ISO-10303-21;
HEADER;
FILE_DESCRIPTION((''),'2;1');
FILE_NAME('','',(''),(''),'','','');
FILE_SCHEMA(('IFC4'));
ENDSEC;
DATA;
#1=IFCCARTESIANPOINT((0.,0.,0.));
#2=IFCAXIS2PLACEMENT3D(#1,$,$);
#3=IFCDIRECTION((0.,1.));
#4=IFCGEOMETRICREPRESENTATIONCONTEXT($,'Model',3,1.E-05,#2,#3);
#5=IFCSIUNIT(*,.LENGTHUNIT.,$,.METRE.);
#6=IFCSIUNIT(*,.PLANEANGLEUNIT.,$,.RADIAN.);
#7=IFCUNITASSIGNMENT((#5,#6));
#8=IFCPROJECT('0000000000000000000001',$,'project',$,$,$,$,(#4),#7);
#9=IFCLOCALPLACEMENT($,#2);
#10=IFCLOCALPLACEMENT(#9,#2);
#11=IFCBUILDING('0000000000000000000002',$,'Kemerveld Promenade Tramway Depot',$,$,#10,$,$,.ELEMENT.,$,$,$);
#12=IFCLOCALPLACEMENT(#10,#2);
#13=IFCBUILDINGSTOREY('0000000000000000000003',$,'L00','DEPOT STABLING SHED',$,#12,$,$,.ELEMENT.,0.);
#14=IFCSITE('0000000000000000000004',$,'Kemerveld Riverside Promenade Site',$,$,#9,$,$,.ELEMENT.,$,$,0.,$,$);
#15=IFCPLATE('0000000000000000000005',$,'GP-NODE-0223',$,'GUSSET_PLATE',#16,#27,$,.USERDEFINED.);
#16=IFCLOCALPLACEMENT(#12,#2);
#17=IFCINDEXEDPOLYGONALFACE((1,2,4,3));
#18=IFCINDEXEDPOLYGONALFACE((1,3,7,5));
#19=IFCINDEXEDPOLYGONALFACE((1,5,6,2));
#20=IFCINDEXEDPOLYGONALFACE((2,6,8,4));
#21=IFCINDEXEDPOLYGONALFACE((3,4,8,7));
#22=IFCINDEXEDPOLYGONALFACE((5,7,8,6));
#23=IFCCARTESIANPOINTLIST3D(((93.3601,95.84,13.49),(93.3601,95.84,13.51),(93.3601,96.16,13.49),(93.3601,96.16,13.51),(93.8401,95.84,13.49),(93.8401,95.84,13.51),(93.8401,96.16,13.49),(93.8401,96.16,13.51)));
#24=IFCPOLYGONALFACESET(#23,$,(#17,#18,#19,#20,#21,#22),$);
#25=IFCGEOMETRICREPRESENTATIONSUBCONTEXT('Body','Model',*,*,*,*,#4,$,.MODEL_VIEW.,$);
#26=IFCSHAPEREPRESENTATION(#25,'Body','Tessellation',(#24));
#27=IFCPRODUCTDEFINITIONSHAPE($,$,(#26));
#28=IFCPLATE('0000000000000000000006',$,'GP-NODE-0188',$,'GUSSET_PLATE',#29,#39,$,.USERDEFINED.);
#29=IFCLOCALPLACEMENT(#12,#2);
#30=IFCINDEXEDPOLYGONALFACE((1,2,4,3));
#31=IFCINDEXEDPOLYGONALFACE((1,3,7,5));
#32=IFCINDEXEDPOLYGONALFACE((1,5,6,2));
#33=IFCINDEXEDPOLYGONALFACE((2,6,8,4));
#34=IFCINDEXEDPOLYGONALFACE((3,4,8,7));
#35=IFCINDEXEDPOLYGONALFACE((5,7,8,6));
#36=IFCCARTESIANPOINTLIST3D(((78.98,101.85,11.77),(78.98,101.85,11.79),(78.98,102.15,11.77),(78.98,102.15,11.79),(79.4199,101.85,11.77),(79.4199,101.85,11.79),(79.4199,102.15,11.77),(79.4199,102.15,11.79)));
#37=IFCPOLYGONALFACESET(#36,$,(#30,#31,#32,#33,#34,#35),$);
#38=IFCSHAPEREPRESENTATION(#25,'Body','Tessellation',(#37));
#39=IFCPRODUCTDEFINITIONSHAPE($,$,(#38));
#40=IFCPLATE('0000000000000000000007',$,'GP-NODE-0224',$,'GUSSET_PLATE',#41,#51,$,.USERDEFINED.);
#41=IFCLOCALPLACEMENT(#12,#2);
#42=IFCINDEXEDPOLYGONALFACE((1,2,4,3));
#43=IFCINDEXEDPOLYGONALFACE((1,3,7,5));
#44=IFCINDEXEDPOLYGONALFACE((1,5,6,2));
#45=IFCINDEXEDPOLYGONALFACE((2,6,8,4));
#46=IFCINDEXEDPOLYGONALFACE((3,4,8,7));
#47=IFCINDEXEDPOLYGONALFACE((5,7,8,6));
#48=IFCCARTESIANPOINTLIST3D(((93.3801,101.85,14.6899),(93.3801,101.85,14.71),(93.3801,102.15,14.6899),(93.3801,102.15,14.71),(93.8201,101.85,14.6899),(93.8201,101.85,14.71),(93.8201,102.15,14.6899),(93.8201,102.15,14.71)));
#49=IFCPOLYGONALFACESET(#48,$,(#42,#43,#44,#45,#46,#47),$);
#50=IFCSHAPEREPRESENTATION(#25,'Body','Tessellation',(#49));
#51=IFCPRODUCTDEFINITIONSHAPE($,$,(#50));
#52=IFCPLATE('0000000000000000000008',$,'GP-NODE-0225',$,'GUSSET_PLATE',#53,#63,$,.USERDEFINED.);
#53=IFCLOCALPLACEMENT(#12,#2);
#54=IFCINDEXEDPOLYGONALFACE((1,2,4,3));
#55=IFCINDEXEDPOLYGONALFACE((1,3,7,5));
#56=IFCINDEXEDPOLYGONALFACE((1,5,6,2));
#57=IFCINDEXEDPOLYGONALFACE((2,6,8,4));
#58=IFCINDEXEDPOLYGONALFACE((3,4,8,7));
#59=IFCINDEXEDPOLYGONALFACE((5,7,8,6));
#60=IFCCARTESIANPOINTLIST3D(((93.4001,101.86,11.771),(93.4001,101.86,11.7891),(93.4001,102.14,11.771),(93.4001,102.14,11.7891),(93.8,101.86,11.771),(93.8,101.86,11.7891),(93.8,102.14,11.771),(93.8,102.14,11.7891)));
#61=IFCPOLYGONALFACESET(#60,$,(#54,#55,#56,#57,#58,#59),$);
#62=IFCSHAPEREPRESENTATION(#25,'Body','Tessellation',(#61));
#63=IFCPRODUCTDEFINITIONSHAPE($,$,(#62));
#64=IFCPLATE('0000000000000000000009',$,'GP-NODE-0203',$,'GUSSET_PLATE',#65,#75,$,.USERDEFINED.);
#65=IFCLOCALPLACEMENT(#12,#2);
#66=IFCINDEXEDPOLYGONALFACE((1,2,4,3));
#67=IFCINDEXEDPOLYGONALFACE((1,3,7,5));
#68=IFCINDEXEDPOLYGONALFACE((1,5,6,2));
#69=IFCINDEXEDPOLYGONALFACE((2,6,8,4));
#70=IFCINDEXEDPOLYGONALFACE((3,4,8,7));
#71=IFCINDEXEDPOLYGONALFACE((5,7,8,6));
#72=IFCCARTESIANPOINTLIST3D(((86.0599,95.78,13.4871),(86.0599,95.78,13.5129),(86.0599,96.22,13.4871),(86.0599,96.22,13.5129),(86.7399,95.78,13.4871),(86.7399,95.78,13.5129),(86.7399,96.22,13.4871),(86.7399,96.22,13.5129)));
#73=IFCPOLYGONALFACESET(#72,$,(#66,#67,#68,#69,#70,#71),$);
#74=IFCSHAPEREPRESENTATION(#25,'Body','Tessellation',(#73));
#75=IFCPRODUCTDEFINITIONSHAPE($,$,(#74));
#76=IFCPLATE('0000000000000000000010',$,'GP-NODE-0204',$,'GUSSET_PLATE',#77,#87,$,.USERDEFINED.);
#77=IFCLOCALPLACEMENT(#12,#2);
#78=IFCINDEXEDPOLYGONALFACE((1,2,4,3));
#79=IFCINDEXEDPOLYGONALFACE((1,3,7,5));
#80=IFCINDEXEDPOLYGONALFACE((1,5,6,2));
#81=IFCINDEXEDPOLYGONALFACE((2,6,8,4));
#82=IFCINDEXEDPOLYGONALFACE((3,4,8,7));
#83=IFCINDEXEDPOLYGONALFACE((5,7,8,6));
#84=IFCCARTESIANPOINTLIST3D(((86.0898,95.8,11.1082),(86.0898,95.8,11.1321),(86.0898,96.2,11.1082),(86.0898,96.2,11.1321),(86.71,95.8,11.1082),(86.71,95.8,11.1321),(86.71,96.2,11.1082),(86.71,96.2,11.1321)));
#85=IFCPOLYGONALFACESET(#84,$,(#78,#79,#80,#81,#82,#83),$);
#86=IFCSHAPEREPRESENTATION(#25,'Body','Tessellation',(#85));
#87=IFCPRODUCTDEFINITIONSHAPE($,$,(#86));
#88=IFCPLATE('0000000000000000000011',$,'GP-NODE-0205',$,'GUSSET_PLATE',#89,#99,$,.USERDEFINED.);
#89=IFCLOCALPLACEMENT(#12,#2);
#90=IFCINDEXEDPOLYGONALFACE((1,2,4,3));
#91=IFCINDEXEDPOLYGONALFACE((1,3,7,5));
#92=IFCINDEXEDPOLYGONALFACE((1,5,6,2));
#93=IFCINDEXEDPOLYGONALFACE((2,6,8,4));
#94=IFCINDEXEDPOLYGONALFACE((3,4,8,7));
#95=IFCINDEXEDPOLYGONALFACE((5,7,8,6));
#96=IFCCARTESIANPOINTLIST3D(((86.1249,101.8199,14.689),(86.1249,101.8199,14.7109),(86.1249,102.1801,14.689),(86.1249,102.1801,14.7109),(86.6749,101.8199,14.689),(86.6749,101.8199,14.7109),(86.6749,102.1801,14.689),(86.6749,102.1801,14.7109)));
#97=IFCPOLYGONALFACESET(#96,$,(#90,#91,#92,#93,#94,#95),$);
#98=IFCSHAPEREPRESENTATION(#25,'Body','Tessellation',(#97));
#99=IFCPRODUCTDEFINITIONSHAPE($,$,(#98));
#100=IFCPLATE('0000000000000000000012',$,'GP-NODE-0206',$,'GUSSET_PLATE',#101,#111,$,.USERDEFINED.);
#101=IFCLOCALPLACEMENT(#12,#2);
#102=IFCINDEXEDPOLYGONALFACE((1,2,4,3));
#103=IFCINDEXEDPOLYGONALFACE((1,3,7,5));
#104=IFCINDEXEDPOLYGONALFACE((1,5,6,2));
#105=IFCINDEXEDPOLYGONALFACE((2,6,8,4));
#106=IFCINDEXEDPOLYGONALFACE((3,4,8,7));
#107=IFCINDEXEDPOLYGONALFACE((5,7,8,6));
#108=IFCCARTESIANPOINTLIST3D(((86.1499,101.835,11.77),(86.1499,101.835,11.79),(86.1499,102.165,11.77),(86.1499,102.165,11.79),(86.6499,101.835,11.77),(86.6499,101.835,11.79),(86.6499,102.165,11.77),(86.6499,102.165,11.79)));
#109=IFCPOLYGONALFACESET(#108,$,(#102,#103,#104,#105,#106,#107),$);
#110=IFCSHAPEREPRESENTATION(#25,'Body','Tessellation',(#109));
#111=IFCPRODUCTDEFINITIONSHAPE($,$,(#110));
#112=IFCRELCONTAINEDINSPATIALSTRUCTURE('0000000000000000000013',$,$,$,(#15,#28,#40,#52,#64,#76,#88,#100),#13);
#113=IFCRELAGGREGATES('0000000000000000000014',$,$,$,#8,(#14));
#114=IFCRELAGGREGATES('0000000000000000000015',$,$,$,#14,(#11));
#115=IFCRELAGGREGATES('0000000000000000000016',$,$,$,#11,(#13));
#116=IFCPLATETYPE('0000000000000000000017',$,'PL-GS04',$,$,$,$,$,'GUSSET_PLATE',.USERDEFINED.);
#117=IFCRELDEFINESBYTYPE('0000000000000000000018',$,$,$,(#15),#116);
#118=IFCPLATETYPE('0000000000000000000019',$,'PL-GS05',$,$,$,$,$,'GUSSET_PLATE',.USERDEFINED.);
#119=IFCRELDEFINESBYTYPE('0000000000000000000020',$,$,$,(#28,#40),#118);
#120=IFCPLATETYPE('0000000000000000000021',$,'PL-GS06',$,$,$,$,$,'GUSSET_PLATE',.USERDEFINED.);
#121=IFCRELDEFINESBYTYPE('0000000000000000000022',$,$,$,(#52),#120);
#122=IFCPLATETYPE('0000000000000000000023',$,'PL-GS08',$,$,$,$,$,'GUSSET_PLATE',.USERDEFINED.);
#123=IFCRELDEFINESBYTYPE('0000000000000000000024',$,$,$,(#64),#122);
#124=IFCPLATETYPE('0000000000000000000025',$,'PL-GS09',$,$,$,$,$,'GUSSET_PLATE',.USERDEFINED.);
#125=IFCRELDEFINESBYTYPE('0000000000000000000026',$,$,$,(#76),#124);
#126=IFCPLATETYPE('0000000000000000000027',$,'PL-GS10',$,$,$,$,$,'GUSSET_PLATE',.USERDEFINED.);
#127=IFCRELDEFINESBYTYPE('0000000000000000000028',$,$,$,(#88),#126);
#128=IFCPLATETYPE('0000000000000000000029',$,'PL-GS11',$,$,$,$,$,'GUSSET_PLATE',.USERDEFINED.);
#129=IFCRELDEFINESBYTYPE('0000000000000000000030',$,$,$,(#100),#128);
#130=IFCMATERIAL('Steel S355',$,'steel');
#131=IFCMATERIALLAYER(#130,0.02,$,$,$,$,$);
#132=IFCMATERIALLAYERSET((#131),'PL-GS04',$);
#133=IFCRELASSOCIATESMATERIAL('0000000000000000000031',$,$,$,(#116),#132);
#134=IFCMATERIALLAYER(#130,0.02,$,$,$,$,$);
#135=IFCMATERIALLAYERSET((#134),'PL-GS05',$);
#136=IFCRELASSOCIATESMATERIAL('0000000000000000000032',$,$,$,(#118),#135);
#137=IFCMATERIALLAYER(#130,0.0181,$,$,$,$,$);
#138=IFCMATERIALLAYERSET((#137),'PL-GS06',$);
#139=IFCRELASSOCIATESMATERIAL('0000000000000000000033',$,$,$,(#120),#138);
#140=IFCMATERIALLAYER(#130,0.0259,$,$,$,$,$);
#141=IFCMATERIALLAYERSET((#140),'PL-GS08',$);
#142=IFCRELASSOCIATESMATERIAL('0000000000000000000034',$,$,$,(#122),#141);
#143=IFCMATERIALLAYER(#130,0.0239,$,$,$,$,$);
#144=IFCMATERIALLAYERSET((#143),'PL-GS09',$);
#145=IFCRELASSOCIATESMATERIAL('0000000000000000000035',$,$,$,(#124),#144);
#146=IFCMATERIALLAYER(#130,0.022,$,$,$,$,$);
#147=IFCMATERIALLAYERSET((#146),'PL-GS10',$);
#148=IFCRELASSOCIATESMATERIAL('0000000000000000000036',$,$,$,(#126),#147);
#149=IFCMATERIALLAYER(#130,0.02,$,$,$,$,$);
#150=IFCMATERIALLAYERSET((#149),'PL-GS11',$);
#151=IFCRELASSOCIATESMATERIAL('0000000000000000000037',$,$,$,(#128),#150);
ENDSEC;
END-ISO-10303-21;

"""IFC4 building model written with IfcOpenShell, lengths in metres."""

from ifc_helpers import new_model, si_unit, direction, frame, origin, origin_2d, place, context, subcontext, project, spatial, rectangle, extrude, material, layer, layer_set, type_object, element, save


model = new_model("IFC4")

# Units and contexts
model_context = context("Model", 3, precision=1e-05, world=origin(), true_north=direction((0.0, 1.0)))
body_context = subcontext(model_context, "Body", "Model", "MODEL_VIEW")
ifc_project = project(units=[si_unit("LENGTHUNIT", "METRE"), si_unit("PLANEANGLEUNIT", "RADIAN")], contexts=[model_context])

# Site, building, storey
site_placement = place(None, origin())
site = spatial("IfcSite", under=ifc_project, at=site_placement, Name="Kemerveld Riverside Promenade Site", CompositionType="ELEMENT", RefElevation=0.0)
building_placement = place(site_placement, origin())
building = spatial("IfcBuilding", under=site, at=building_placement, Name="Kemerveld Promenade Tramway Depot", CompositionType="ELEMENT")
storey_placement = place(building_placement, origin())
storey = spatial("IfcBuildingStorey", under=building, at=storey_placement, Name="L00", Description="DEPOT STABLING SHED", CompositionType="ELEMENT", Elevation=0.0)

# Shared definitions
ifc_material_1 = material(Name="Steel S355", Category="steel")

# Plates
ifc_layer_1 = layer(ifc_material_1, 0.02)
ifc_layer_set_1 = layer_set([ifc_layer_1], Name="PL-GS04")
plate_type_1 = type_object("IfcPlateType", Name="PL-GS04", ElementType="GUSSET_PLATE", PredefinedType="USERDEFINED", material=ifc_layer_set_1)
for number, where, z_axis, x_axis, name in (
    (1, (93.6001, 96.0, 13.49), (0.0, 0.0, 1.0), (1.0, 0.0, 0.0), "GP-NODE-0223"),
):
    element("IfcPlate", number, at=place(storey_placement, frame(where, z_axis=z_axis, x_axis=x_axis)), inside=storey, type_object=plate_type_1, Name=name, ObjectType="GUSSET_PLATE", PredefinedType="USERDEFINED", context=body_context, shape_type="SweptSolid", body=[
        extrude(rectangle(XDim=0.48, YDim=0.3201, at=origin_2d()), origin(), (0.0, 0.0, 1.0), 0.02),
    ])
ifc_layer_2 = layer(ifc_material_1, 0.02)
ifc_layer_set_2 = layer_set([ifc_layer_2], Name="PL-GS05")
plate_type_2 = type_object("IfcPlateType", Name="PL-GS05", ElementType="GUSSET_PLATE", PredefinedType="USERDEFINED", material=ifc_layer_set_2)
for number, where, z_axis, x_axis, name in (
    (2, (79.2, 102.0, 11.77), (0.0, 0.0, 1.0), (1.0, 0.0, 0.0), "GP-NODE-0188"),
    (3, (93.6001, 102.0, 14.6899), (0.0, 0.0, 1.0), (1.0, 0.0, 0.0), "GP-NODE-0224"),
):
    element("IfcPlate", number, at=place(storey_placement, frame(where, z_axis=z_axis, x_axis=x_axis)), inside=storey, type_object=plate_type_2, Name=name, ObjectType="GUSSET_PLATE", PredefinedType="USERDEFINED", context=body_context, shape_type="SweptSolid", body=[
        extrude(rectangle(XDim=0.4399, YDim=0.3, at=origin_2d()), origin(), (0.0, 0.0, 1.0), 0.02),
    ])
ifc_layer_3 = layer(ifc_material_1, 0.0181)
ifc_layer_set_3 = layer_set([ifc_layer_3], Name="PL-GS06")
plate_type_3 = type_object("IfcPlateType", Name="PL-GS06", ElementType="GUSSET_PLATE", PredefinedType="USERDEFINED", material=ifc_layer_set_3)
plate_1_placement = place(storey_placement, frame((93.6001, 102.0, 11.771), z_axis=(0.0, 0.0, 1.0), x_axis=(1.0, 0.0, 0.0)))
element("IfcPlate", 4, at=plate_1_placement, inside=storey, type_object=plate_type_3, Name="GP-NODE-0225", ObjectType="GUSSET_PLATE", PredefinedType="USERDEFINED", context=body_context, shape_type="SweptSolid", body=[
    extrude(rectangle(XDim=0.3999, YDim=0.28, at=origin_2d()), origin(), (0.0, 0.0, 1.0), 0.0181),
])
ifc_layer_4 = layer(ifc_material_1, 0.0259)
ifc_layer_set_4 = layer_set([ifc_layer_4], Name="PL-GS08")
plate_type_4 = type_object("IfcPlateType", Name="PL-GS08", ElementType="GUSSET_PLATE", PredefinedType="USERDEFINED", material=ifc_layer_set_4)
plate_2_placement = place(storey_placement, frame((86.3999, 96.0, 13.4871), z_axis=(0.0, 0.0, 1.0), x_axis=(1.0, 0.0, 0.0)))
element("IfcPlate", 5, at=plate_2_placement, inside=storey, type_object=plate_type_4, Name="GP-NODE-0203", ObjectType="GUSSET_PLATE", PredefinedType="USERDEFINED", context=body_context, shape_type="SweptSolid", body=[
    extrude(rectangle(XDim=0.6799, YDim=0.4399, at=origin_2d()), origin(), (0.0, 0.0, 1.0), 0.0259),
])
ifc_layer_5 = layer(ifc_material_1, 0.0239)
ifc_layer_set_5 = layer_set([ifc_layer_5], Name="PL-GS09")
plate_type_5 = type_object("IfcPlateType", Name="PL-GS09", ElementType="GUSSET_PLATE", PredefinedType="USERDEFINED", material=ifc_layer_set_5)
plate_3_placement = place(storey_placement, frame((86.3999, 96.0, 11.1082), z_axis=(0.0, 0.0, 1.0), x_axis=(1.0, 0.0, 0.0)))
element("IfcPlate", 6, at=plate_3_placement, inside=storey, type_object=plate_type_5, Name="GP-NODE-0204", ObjectType="GUSSET_PLATE", PredefinedType="USERDEFINED", context=body_context, shape_type="SweptSolid", body=[
    extrude(rectangle(XDim=0.6201, YDim=0.3999, at=origin_2d()), origin(), (0.0, 0.0, 1.0), 0.0239),
])
ifc_layer_6 = layer(ifc_material_1, 0.022)
ifc_layer_set_6 = layer_set([ifc_layer_6], Name="PL-GS10")
plate_type_6 = type_object("IfcPlateType", Name="PL-GS10", ElementType="GUSSET_PLATE", PredefinedType="USERDEFINED", material=ifc_layer_set_6)
plate_4_placement = place(storey_placement, frame((86.3999, 102.0, 14.689), z_axis=(0.0, 0.0, 1.0), x_axis=(1.0, 0.0, 0.0)))
element("IfcPlate", 7, at=plate_4_placement, inside=storey, type_object=plate_type_6, Name="GP-NODE-0205", ObjectType="GUSSET_PLATE", PredefinedType="USERDEFINED", context=body_context, shape_type="SweptSolid", body=[
    extrude(rectangle(XDim=0.55, YDim=0.3601, at=origin_2d()), origin(), (0.0, 0.0, 1.0), 0.022),
])
ifc_layer_7 = layer(ifc_material_1, 0.02)
ifc_layer_set_7 = layer_set([ifc_layer_7], Name="PL-GS11")
plate_type_7 = type_object("IfcPlateType", Name="PL-GS11", ElementType="GUSSET_PLATE", PredefinedType="USERDEFINED", material=ifc_layer_set_7)
plate_5_placement = place(storey_placement, frame((86.3999, 102.0, 11.77), z_axis=(0.0, 0.0, 1.0), x_axis=(1.0, 0.0, 0.0)))
element("IfcPlate", 8, at=plate_5_placement, inside=storey, type_object=plate_type_7, Name="GP-NODE-0206", ObjectType="GUSSET_PLATE", PredefinedType="USERDEFINED", context=body_context, shape_type="SweptSolid", body=[
    extrude(rectangle(XDim=0.5, YDim=0.3301, at=origin_2d()), origin(), (0.0, 0.0, 1.0), 0.02),
])

save(model, "model.ifc")
